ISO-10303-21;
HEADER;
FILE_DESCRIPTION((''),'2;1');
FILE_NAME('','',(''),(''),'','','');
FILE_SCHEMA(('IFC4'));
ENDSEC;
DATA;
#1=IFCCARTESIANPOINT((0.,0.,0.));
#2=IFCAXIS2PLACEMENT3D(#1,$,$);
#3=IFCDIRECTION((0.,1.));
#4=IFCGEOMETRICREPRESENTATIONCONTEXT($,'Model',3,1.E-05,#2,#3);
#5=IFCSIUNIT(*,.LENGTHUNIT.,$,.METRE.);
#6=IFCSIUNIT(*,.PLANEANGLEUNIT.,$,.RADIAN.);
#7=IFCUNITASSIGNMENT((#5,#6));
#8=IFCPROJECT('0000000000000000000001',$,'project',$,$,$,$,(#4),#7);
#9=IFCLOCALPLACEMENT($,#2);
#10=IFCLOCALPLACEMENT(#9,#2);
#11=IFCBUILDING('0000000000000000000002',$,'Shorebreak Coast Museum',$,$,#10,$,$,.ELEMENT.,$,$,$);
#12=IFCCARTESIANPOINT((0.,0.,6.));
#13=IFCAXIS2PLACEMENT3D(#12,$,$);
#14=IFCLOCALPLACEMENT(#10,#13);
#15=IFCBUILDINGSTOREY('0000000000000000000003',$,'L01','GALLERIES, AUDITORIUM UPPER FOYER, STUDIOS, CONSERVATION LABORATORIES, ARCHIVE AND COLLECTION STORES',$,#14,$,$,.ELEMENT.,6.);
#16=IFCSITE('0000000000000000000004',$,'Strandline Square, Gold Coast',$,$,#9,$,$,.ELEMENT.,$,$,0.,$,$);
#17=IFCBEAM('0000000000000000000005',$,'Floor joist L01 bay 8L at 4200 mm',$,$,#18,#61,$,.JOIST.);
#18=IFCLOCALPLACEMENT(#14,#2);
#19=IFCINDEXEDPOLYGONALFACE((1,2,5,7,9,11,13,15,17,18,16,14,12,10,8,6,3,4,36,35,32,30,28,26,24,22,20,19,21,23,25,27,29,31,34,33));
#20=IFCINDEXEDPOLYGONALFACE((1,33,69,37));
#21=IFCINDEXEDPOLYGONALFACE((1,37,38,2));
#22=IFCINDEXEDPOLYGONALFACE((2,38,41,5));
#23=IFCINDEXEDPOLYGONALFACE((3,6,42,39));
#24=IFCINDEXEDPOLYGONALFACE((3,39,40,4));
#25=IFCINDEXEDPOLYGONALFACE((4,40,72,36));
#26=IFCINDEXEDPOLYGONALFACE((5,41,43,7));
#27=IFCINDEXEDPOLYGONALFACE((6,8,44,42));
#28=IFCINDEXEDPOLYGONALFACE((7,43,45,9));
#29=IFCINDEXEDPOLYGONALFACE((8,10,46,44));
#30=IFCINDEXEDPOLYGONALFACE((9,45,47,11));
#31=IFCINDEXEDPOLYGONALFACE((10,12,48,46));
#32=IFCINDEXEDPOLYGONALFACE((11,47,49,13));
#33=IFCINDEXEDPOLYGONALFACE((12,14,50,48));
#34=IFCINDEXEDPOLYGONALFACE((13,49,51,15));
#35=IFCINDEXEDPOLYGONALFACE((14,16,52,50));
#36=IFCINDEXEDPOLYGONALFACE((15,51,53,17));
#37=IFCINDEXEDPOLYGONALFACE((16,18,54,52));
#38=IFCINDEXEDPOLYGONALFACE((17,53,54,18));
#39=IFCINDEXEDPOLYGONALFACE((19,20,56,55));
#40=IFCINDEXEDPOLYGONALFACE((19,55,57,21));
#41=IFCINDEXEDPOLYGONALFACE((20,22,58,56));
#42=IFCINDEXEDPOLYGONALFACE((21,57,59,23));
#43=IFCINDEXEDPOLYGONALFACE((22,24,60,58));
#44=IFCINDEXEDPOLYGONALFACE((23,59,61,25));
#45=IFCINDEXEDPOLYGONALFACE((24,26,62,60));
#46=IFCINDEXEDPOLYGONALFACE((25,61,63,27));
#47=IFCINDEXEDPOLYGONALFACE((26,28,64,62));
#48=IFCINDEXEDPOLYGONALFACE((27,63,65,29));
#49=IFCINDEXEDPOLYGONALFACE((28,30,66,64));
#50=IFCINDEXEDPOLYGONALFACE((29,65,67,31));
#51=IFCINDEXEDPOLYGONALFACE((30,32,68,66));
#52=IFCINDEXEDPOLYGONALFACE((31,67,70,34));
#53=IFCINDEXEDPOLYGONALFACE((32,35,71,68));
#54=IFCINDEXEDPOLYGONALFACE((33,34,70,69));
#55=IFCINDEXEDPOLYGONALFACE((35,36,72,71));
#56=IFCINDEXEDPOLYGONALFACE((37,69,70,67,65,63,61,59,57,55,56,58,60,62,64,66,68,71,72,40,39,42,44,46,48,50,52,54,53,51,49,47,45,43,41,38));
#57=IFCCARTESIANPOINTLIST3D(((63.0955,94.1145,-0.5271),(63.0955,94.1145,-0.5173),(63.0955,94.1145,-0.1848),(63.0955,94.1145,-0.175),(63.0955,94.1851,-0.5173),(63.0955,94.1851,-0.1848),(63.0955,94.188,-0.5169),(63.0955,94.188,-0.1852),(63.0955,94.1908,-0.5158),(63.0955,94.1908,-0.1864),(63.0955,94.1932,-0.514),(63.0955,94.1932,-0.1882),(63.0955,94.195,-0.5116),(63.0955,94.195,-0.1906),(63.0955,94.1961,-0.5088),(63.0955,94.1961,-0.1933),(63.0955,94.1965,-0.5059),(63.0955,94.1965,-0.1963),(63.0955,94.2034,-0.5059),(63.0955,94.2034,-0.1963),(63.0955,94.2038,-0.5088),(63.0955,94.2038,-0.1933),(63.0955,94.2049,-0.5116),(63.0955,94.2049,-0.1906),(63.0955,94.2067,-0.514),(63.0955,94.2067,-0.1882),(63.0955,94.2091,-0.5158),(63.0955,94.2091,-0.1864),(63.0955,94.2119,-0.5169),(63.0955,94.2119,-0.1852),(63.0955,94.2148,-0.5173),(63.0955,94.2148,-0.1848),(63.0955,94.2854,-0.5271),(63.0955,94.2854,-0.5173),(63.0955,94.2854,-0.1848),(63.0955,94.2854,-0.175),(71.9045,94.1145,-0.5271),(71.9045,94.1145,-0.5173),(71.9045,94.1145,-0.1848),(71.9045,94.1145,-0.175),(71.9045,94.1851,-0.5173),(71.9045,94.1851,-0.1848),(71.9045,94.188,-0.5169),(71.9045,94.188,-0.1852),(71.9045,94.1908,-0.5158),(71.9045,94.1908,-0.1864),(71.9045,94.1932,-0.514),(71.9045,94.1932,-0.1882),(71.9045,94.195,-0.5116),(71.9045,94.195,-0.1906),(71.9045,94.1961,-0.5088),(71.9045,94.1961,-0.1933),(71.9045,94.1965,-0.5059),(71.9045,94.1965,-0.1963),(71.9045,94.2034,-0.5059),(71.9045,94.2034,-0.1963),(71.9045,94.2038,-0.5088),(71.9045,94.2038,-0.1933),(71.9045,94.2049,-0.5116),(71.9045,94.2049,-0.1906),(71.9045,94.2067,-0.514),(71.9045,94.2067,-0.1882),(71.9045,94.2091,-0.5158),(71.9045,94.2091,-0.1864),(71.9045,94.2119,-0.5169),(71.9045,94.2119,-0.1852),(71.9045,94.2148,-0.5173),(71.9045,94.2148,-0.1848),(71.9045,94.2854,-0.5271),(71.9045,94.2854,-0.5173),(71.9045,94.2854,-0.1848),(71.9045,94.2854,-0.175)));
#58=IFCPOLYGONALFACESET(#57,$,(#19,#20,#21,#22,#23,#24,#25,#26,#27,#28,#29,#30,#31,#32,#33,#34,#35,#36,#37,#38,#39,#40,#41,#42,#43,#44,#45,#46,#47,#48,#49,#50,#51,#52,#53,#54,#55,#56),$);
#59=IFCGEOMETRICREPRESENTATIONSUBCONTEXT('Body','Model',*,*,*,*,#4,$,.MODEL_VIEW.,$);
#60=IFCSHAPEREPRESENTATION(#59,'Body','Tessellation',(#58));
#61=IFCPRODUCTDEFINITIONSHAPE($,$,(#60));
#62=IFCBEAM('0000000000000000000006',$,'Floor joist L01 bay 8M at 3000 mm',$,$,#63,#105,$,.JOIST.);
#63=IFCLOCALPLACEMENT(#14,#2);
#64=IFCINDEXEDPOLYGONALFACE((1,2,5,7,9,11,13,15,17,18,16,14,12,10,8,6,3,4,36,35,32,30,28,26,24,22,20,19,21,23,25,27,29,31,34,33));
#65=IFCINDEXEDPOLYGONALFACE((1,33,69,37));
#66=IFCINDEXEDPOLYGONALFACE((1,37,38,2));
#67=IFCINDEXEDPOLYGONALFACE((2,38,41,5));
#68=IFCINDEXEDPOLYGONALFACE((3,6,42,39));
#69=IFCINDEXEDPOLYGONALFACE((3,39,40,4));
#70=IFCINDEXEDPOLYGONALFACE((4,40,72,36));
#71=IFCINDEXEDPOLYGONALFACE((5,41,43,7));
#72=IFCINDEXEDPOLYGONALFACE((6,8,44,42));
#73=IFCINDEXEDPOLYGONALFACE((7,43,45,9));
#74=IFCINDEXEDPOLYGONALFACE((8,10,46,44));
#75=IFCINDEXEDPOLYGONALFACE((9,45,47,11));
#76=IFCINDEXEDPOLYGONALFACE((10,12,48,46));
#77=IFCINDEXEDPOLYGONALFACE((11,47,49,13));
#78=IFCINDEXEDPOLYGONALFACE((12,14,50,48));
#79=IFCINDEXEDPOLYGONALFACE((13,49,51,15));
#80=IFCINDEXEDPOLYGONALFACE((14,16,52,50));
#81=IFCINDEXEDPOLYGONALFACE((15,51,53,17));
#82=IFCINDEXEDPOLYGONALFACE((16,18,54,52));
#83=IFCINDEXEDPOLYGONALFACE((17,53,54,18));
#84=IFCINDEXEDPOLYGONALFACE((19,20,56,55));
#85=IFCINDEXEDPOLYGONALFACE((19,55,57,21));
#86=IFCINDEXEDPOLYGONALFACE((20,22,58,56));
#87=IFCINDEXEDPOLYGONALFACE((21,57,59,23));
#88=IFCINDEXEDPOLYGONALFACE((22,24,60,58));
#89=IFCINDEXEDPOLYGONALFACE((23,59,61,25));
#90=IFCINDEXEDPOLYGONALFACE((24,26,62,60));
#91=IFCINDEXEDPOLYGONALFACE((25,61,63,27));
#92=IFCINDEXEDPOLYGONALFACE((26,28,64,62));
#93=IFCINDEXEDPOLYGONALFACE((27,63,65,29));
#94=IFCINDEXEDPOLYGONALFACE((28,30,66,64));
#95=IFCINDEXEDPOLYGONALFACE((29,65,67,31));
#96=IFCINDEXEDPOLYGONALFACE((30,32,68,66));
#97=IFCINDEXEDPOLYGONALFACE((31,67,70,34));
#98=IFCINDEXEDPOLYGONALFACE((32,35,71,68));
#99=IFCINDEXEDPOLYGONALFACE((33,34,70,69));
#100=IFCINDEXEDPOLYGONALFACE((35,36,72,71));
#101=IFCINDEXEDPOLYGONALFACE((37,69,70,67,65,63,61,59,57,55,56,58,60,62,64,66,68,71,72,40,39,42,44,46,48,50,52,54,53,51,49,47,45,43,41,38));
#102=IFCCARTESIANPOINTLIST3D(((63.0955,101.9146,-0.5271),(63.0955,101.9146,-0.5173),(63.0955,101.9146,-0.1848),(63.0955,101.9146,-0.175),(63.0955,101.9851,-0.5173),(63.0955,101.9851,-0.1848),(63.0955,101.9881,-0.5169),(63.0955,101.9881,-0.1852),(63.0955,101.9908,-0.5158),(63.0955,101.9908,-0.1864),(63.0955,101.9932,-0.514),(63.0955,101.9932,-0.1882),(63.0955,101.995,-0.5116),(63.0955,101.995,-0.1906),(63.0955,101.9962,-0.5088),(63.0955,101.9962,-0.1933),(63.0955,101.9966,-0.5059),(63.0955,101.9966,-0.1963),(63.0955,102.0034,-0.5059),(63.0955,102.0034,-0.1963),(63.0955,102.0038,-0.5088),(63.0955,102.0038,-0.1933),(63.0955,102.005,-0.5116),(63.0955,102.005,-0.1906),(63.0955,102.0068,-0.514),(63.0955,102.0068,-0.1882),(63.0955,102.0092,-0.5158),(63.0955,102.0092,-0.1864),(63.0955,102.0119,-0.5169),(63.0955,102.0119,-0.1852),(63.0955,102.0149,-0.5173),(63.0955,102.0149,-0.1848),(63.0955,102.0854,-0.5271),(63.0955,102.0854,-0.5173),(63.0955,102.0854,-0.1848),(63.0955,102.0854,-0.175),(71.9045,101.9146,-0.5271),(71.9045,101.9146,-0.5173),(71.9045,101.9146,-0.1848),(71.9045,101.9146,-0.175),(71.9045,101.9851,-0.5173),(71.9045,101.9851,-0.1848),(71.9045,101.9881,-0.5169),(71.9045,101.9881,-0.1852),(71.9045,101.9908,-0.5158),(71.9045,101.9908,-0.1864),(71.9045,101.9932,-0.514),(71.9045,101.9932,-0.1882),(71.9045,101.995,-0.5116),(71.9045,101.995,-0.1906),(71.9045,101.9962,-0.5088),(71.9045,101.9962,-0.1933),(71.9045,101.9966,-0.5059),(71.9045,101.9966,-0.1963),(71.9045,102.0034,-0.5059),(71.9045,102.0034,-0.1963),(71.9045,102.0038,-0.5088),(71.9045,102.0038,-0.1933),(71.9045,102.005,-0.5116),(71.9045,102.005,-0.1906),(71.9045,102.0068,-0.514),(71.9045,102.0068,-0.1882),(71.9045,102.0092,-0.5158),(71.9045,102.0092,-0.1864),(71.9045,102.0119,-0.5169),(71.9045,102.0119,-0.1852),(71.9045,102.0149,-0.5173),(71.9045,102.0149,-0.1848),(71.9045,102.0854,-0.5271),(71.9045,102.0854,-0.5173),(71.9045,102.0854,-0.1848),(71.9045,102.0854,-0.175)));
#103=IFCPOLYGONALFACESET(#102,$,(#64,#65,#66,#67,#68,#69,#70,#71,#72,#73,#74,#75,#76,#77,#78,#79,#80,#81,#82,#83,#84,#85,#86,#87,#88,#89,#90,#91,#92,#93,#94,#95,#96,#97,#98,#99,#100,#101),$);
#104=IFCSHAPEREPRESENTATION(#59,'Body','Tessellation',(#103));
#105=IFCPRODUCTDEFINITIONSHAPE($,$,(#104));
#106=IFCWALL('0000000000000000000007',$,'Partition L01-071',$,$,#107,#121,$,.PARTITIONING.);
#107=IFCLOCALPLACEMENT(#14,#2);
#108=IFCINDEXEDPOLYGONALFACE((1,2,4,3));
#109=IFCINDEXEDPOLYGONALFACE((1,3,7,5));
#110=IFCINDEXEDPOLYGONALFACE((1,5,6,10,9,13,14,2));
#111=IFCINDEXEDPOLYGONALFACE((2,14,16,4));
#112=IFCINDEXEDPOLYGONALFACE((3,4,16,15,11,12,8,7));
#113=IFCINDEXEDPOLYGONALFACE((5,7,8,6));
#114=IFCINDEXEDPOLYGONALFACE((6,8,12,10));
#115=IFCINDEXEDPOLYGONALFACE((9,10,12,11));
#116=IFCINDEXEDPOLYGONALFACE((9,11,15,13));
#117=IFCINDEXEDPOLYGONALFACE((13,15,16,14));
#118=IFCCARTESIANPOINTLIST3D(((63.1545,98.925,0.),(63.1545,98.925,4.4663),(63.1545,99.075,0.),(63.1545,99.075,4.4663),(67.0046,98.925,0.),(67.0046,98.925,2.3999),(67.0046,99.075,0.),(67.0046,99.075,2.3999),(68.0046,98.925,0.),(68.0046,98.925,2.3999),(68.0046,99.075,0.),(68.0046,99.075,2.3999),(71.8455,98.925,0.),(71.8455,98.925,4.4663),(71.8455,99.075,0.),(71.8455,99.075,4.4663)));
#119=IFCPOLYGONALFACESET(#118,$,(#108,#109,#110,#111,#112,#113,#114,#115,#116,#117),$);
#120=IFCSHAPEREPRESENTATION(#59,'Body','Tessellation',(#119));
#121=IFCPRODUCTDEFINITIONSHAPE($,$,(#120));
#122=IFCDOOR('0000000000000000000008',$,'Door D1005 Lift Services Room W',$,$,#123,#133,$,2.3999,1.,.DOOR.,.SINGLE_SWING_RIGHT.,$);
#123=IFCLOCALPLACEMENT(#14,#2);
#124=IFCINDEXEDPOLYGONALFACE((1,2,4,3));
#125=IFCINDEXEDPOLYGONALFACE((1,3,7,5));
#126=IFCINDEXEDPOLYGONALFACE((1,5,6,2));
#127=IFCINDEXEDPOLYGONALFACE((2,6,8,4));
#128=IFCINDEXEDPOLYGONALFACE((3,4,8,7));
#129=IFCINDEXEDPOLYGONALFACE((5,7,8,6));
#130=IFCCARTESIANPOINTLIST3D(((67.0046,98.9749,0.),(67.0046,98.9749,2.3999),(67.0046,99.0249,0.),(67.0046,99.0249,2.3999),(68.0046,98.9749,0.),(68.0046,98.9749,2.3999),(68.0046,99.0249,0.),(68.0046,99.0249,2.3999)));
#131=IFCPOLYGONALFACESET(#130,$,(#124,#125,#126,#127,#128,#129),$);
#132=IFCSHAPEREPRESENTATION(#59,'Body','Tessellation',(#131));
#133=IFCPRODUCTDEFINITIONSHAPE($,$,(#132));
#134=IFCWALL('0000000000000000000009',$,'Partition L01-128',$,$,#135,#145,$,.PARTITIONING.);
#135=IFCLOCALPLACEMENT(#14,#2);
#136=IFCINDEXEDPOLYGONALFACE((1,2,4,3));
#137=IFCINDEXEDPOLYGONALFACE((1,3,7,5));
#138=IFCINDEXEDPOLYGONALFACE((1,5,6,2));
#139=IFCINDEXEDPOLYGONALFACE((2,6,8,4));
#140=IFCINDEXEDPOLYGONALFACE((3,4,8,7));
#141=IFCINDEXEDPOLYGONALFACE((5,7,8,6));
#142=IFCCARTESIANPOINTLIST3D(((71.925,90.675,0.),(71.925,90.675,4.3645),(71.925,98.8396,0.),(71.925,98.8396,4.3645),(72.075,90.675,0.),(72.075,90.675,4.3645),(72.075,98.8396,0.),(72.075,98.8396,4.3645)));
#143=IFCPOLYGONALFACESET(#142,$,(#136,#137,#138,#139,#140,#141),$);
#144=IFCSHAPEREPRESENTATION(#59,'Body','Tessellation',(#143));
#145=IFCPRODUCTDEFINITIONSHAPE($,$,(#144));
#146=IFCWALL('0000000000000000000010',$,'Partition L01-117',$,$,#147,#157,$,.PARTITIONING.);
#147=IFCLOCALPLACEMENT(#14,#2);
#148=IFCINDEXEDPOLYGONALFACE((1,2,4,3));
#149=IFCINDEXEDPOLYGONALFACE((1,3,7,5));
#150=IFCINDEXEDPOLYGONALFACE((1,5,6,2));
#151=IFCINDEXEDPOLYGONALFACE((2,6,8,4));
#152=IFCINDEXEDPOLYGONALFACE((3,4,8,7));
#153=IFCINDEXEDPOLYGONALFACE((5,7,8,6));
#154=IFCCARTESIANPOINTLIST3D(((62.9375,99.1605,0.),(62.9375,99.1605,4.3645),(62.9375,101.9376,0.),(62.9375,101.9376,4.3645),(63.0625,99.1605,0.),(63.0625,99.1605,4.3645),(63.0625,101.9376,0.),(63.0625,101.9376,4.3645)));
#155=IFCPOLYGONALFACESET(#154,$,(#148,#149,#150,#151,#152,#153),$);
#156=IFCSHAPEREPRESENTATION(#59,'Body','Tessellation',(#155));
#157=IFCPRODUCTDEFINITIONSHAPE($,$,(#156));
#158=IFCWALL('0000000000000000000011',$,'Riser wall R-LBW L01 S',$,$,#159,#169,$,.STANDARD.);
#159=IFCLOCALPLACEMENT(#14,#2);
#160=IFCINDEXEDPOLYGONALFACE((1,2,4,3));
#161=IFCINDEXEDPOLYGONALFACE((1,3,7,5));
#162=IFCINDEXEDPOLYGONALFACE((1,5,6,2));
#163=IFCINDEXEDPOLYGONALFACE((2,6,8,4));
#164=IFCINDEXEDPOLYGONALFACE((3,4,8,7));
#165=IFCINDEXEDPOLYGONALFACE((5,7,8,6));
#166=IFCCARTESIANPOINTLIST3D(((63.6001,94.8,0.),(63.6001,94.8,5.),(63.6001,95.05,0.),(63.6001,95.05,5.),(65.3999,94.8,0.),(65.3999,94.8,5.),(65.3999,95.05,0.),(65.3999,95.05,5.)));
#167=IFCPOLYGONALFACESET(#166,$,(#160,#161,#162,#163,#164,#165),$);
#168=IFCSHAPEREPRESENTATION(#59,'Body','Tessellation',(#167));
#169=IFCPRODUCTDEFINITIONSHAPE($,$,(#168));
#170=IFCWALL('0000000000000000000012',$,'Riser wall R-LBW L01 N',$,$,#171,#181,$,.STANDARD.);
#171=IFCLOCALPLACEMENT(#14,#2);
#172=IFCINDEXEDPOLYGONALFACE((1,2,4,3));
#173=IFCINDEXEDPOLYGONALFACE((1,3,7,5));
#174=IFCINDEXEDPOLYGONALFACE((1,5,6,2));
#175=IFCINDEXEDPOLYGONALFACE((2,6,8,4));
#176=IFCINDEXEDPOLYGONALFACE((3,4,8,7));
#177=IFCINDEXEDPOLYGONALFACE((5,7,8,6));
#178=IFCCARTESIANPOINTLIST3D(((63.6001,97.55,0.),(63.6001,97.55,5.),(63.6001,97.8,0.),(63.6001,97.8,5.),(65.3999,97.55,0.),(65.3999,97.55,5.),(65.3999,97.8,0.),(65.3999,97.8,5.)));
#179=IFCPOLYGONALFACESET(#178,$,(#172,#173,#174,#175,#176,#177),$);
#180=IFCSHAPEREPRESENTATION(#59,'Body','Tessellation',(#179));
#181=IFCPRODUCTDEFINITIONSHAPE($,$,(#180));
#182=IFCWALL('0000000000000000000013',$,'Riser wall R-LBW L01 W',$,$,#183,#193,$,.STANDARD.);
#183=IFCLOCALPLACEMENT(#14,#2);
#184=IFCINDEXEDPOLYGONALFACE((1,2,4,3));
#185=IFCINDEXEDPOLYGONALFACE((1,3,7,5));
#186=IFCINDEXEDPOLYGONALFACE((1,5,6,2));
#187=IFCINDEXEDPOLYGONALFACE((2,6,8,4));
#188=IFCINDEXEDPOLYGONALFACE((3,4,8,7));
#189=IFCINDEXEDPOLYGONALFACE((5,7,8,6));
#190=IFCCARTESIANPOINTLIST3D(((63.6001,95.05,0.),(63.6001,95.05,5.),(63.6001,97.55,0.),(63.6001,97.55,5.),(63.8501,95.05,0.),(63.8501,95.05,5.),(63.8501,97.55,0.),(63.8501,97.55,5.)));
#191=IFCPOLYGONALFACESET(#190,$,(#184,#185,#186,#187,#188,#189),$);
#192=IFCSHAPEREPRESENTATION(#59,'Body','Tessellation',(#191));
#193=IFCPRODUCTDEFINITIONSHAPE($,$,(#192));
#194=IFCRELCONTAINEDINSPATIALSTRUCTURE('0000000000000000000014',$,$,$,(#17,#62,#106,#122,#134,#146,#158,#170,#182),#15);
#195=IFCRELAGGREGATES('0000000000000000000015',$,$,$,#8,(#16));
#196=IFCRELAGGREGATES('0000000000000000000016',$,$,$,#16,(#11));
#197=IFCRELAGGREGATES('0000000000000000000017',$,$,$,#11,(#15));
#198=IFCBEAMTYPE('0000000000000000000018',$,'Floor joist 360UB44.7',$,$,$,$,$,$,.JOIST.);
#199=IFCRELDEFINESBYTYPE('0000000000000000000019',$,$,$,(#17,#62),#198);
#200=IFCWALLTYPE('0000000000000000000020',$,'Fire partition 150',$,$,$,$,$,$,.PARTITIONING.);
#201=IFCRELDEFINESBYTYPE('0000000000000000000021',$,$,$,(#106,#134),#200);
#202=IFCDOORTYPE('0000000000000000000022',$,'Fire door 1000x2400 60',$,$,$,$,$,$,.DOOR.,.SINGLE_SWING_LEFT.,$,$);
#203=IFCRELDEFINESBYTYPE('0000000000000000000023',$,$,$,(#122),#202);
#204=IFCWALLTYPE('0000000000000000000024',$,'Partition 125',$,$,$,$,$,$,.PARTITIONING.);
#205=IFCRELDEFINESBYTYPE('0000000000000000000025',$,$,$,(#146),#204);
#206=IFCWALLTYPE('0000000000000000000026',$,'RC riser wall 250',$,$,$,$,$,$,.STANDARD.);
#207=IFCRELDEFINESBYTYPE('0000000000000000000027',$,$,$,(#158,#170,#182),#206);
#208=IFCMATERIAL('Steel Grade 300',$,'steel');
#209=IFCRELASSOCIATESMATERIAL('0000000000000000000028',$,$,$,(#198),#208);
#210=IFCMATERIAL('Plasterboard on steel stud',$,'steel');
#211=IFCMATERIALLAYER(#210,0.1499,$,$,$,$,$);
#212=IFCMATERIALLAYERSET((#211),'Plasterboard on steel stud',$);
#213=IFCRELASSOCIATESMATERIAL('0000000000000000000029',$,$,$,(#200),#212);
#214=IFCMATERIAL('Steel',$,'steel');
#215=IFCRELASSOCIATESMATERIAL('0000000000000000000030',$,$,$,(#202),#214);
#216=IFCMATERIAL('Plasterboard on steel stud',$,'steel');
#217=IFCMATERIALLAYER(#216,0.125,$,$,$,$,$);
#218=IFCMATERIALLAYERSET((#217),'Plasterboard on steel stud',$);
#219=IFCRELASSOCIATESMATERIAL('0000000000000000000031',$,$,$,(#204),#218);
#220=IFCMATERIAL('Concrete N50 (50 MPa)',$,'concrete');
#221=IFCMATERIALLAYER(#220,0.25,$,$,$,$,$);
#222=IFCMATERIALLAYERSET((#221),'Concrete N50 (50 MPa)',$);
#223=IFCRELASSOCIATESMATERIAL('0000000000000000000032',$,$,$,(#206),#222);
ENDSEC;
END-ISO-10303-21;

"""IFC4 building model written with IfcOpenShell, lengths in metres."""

from ifc_helpers import new_model, si_unit, direction, frame, frame_2d, origin, origin_2d, place, context, subcontext, project, spatial, rectangle, i_section, extrude, material, layer, layer_set, material_profile, profile_set, type_object, element, fill, save


model = new_model("IFC4")

# Units and contexts
model_context = context("Model", 3, precision=1e-05, world=origin(), true_north=direction((0.0, 1.0)))
body_context = subcontext(model_context, "Body", "Model", "MODEL_VIEW")
ifc_project = project(units=[si_unit("LENGTHUNIT", "METRE"), si_unit("PLANEANGLEUNIT", "RADIAN")], contexts=[model_context])

# Site, building, storey
site_placement = place(None, origin())
site = spatial("IfcSite", under=ifc_project, at=site_placement, Name="Strandline Square, Gold Coast", CompositionType="ELEMENT", RefElevation=0.0)
building_placement = place(site_placement, origin())
building = spatial("IfcBuilding", under=site, at=building_placement, Name="Shorebreak Coast Museum", CompositionType="ELEMENT")
storey_placement = place(building_placement, frame((0.0, 0.0, 6.0)))
storey = spatial("IfcBuildingStorey", under=building, at=storey_placement, Name="L01", Description="GALLERIES, AUDITORIUM UPPER FOYER, STUDIOS, CONSERVATION LABORATORIES, ARCHIVE AND COLLECTION STORES", CompositionType="ELEMENT", Elevation=6.0)

# Beams
ifc_material_1 = material(Name="Steel Grade 300", Category="steel")
ifc_material_profile_1 = material_profile(ifc_material_1, i_section(OverallWidth=0.1709, OverallDepth=0.3521, WebThickness=0.0068, FlangeThickness=0.0098, FilletRadius=0.0115, at=origin_2d()), Name="360UB44.7")
ifc_profile_set_1 = profile_set([ifc_material_profile_1], Name="Steel Grade 300")
beam_type_1 = type_object("IfcBeamType", Name="Floor joist 360UB44.7", PredefinedType="JOIST", material=ifc_profile_set_1)
for number, where, z_axis, x_axis, name in (
    (1, (63.0955, 94.2, -0.3511), (1.0, 0.0, 0.0), (0.0, 1.0, 0.0), "Floor joist L01 bay 8L at 4200 mm"),
    (2, (63.0955, 102.0, -0.3511), (1.0, 0.0, 0.0), (0.0, 1.0, 0.0), "Floor joist L01 bay 8M at 3000 mm"),
):
    element("IfcBeam", number, at=place(storey_placement, frame(where, z_axis=z_axis, x_axis=x_axis)), inside=storey, type_object=beam_type_1, Name=name, PredefinedType="JOIST", context=body_context, shape_type="SweptSolid", body=[
        extrude(i_section(OverallWidth=0.1709, OverallDepth=0.3521, WebThickness=0.0068, FlangeThickness=0.0098, FilletRadius=0.0115, at=origin_2d()), origin(), (0.0, 0.0, 1.0), 8.8091),
    ])

# Wall, opening, door
ifc_material_2 = material(Name="Plasterboard on steel stud", Category="steel")
ifc_layer_1 = layer(ifc_material_2, 0.1499)
ifc_layer_set_1 = layer_set([ifc_layer_1], Name="Plasterboard on steel stud")
wall_type_1 = type_object("IfcWallType", Name="Fire partition 150", PredefinedType="PARTITIONING", material=ifc_layer_set_1)
wall_1_placement = place(storey_placement, frame((63.1545, 99.0, 0.0), z_axis=(0.0, 0.0, 1.0), x_axis=(1.0, 0.0, 0.0)))
wall_1 = element("IfcWall", 3, at=wall_1_placement, inside=storey, type_object=wall_type_1, Name="Partition L01-071", PredefinedType="PARTITIONING", context=body_context, shape_type="SweptSolid", body=[
    extrude(rectangle(XDim=8.6909, YDim=0.1499, at=frame_2d((4.3455, 0.0))), origin(), (0.0, 0.0, 1.0), 4.4663),
])
opening_1_placement = place(wall_1_placement, frame((3.8501, 0.0, 0.0)))
opening_1 = element("IfcOpeningElement", 4, at=opening_1_placement, cuts=wall_1, PredefinedType="OPENING", context=body_context, shape_type="SweptSolid", body=[
    extrude(rectangle(XDim=1.0, YDim=2.3999, at=frame_2d((0.5, 1.2))), frame((0.0, 0.085, 0.0), z_axis=(0.0, -1.0, 0.0), x_axis=(1.0, 0.0, 0.0)), (0.0, 0.0, 1.0), 0.1699),
])
ifc_material_3 = material(Name="Steel", Category="steel")
door_type_1 = type_object("IfcDoorType", Name="Fire door 1000x2400 60", OperationType="SINGLE_SWING_LEFT", PredefinedType="DOOR", material=ifc_material_3)
door_1_placement = place(opening_1_placement, origin())
door_1 = element("IfcDoor", 5, at=door_1_placement, inside=storey, type_object=door_type_1, Name="Door D1005 Lift Services Room W", OperationType="SINGLE_SWING_RIGHT", OverallHeight=2.3999, OverallWidth=1.0, PredefinedType="DOOR", context=body_context, shape_type="SweptSolid", body=[
    extrude(rectangle(XDim=1.0, YDim=2.3999, at=frame_2d((0.5, 1.2))), frame((0.0, 0.0249, 0.0), z_axis=(0.0, -1.0, 0.0), x_axis=(1.0, 0.0, 0.0)), (0.0, 0.0, 1.0), 0.05),
])
fill(opening_1, door_1)

# Walls
wall_2_placement = place(storey_placement, frame((72.0, 90.675, 0.0), z_axis=(0.0, 0.0, 1.0), x_axis=(0.0, 1.0, 0.0)))
element("IfcWall", 6, at=wall_2_placement, inside=storey, type_object=wall_type_1, Name="Partition L01-128", PredefinedType="PARTITIONING", context=body_context, shape_type="SweptSolid", body=[
    extrude(rectangle(XDim=8.1646, YDim=0.1499, at=frame_2d((4.0823, 0.0))), origin(), (0.0, 0.0, 1.0), 4.3645),
])
ifc_material_4 = material(Name="Plasterboard on steel stud", Category="steel")
ifc_layer_2 = layer(ifc_material_4, 0.125)
ifc_layer_set_2 = layer_set([ifc_layer_2], Name="Plasterboard on steel stud")
wall_type_2 = type_object("IfcWallType", Name="Partition 125", PredefinedType="PARTITIONING", material=ifc_layer_set_2)
wall_3_placement = place(storey_placement, frame((63.0, 99.1604, 0.0), z_axis=(0.0, 0.0, 1.0), x_axis=(0.0, 1.0, 0.0)))
element("IfcWall", 7, at=wall_3_placement, inside=storey, type_object=wall_type_2, Name="Partition L01-117", PredefinedType="PARTITIONING", context=body_context, shape_type="SweptSolid", body=[
    extrude(rectangle(XDim=2.7771, YDim=0.125, at=frame_2d((1.3887, 0.0))), origin(), (0.0, 0.0, 1.0), 4.3645),
])
ifc_material_5 = material(Name="Concrete N50 (50 MPa)", Category="concrete")
ifc_layer_3 = layer(ifc_material_5, 0.25)
ifc_layer_set_3 = layer_set([ifc_layer_3], Name="Concrete N50 (50 MPa)")
wall_type_3 = type_object("IfcWallType", Name="RC riser wall 250", PredefinedType="STANDARD", material=ifc_layer_set_3)
for number, where, z_axis, x_axis, name in (
    (8, (63.6001, 94.925, 0.0), (0.0, 0.0, 1.0), (1.0, 0.0, 0.0), "Riser wall R-LBW L01 S"),
    (9, (63.6001, 97.675, 0.0), (0.0, 0.0, 1.0), (1.0, 0.0, 0.0), "Riser wall R-LBW L01 N"),
):
    element("IfcWall", number, at=place(storey_placement, frame(where, z_axis=z_axis, x_axis=x_axis)), inside=storey, type_object=wall_type_3, Name=name, PredefinedType="STANDARD", context=body_context, shape_type="SweptSolid", body=[
        extrude(rectangle(XDim=1.7998, YDim=0.25, at=frame_2d((0.8999, 0.0))), origin(), (0.0, 0.0, 1.0), 5.0),
    ])
wall_4_placement = place(storey_placement, frame((63.7251, 95.05, 0.0), z_axis=(0.0, 0.0, 1.0), x_axis=(0.0, 1.0, 0.0)))
element("IfcWall", 10, at=wall_4_placement, inside=storey, type_object=wall_type_3, Name="Riser wall R-LBW L01 W", PredefinedType="STANDARD", context=body_context, shape_type="SweptSolid", body=[
    extrude(rectangle(XDim=2.5, YDim=0.25, at=frame_2d((1.25, 0.0))), origin(), (0.0, 0.0, 1.0), 5.0),
])

save(model, "model.ifc")
